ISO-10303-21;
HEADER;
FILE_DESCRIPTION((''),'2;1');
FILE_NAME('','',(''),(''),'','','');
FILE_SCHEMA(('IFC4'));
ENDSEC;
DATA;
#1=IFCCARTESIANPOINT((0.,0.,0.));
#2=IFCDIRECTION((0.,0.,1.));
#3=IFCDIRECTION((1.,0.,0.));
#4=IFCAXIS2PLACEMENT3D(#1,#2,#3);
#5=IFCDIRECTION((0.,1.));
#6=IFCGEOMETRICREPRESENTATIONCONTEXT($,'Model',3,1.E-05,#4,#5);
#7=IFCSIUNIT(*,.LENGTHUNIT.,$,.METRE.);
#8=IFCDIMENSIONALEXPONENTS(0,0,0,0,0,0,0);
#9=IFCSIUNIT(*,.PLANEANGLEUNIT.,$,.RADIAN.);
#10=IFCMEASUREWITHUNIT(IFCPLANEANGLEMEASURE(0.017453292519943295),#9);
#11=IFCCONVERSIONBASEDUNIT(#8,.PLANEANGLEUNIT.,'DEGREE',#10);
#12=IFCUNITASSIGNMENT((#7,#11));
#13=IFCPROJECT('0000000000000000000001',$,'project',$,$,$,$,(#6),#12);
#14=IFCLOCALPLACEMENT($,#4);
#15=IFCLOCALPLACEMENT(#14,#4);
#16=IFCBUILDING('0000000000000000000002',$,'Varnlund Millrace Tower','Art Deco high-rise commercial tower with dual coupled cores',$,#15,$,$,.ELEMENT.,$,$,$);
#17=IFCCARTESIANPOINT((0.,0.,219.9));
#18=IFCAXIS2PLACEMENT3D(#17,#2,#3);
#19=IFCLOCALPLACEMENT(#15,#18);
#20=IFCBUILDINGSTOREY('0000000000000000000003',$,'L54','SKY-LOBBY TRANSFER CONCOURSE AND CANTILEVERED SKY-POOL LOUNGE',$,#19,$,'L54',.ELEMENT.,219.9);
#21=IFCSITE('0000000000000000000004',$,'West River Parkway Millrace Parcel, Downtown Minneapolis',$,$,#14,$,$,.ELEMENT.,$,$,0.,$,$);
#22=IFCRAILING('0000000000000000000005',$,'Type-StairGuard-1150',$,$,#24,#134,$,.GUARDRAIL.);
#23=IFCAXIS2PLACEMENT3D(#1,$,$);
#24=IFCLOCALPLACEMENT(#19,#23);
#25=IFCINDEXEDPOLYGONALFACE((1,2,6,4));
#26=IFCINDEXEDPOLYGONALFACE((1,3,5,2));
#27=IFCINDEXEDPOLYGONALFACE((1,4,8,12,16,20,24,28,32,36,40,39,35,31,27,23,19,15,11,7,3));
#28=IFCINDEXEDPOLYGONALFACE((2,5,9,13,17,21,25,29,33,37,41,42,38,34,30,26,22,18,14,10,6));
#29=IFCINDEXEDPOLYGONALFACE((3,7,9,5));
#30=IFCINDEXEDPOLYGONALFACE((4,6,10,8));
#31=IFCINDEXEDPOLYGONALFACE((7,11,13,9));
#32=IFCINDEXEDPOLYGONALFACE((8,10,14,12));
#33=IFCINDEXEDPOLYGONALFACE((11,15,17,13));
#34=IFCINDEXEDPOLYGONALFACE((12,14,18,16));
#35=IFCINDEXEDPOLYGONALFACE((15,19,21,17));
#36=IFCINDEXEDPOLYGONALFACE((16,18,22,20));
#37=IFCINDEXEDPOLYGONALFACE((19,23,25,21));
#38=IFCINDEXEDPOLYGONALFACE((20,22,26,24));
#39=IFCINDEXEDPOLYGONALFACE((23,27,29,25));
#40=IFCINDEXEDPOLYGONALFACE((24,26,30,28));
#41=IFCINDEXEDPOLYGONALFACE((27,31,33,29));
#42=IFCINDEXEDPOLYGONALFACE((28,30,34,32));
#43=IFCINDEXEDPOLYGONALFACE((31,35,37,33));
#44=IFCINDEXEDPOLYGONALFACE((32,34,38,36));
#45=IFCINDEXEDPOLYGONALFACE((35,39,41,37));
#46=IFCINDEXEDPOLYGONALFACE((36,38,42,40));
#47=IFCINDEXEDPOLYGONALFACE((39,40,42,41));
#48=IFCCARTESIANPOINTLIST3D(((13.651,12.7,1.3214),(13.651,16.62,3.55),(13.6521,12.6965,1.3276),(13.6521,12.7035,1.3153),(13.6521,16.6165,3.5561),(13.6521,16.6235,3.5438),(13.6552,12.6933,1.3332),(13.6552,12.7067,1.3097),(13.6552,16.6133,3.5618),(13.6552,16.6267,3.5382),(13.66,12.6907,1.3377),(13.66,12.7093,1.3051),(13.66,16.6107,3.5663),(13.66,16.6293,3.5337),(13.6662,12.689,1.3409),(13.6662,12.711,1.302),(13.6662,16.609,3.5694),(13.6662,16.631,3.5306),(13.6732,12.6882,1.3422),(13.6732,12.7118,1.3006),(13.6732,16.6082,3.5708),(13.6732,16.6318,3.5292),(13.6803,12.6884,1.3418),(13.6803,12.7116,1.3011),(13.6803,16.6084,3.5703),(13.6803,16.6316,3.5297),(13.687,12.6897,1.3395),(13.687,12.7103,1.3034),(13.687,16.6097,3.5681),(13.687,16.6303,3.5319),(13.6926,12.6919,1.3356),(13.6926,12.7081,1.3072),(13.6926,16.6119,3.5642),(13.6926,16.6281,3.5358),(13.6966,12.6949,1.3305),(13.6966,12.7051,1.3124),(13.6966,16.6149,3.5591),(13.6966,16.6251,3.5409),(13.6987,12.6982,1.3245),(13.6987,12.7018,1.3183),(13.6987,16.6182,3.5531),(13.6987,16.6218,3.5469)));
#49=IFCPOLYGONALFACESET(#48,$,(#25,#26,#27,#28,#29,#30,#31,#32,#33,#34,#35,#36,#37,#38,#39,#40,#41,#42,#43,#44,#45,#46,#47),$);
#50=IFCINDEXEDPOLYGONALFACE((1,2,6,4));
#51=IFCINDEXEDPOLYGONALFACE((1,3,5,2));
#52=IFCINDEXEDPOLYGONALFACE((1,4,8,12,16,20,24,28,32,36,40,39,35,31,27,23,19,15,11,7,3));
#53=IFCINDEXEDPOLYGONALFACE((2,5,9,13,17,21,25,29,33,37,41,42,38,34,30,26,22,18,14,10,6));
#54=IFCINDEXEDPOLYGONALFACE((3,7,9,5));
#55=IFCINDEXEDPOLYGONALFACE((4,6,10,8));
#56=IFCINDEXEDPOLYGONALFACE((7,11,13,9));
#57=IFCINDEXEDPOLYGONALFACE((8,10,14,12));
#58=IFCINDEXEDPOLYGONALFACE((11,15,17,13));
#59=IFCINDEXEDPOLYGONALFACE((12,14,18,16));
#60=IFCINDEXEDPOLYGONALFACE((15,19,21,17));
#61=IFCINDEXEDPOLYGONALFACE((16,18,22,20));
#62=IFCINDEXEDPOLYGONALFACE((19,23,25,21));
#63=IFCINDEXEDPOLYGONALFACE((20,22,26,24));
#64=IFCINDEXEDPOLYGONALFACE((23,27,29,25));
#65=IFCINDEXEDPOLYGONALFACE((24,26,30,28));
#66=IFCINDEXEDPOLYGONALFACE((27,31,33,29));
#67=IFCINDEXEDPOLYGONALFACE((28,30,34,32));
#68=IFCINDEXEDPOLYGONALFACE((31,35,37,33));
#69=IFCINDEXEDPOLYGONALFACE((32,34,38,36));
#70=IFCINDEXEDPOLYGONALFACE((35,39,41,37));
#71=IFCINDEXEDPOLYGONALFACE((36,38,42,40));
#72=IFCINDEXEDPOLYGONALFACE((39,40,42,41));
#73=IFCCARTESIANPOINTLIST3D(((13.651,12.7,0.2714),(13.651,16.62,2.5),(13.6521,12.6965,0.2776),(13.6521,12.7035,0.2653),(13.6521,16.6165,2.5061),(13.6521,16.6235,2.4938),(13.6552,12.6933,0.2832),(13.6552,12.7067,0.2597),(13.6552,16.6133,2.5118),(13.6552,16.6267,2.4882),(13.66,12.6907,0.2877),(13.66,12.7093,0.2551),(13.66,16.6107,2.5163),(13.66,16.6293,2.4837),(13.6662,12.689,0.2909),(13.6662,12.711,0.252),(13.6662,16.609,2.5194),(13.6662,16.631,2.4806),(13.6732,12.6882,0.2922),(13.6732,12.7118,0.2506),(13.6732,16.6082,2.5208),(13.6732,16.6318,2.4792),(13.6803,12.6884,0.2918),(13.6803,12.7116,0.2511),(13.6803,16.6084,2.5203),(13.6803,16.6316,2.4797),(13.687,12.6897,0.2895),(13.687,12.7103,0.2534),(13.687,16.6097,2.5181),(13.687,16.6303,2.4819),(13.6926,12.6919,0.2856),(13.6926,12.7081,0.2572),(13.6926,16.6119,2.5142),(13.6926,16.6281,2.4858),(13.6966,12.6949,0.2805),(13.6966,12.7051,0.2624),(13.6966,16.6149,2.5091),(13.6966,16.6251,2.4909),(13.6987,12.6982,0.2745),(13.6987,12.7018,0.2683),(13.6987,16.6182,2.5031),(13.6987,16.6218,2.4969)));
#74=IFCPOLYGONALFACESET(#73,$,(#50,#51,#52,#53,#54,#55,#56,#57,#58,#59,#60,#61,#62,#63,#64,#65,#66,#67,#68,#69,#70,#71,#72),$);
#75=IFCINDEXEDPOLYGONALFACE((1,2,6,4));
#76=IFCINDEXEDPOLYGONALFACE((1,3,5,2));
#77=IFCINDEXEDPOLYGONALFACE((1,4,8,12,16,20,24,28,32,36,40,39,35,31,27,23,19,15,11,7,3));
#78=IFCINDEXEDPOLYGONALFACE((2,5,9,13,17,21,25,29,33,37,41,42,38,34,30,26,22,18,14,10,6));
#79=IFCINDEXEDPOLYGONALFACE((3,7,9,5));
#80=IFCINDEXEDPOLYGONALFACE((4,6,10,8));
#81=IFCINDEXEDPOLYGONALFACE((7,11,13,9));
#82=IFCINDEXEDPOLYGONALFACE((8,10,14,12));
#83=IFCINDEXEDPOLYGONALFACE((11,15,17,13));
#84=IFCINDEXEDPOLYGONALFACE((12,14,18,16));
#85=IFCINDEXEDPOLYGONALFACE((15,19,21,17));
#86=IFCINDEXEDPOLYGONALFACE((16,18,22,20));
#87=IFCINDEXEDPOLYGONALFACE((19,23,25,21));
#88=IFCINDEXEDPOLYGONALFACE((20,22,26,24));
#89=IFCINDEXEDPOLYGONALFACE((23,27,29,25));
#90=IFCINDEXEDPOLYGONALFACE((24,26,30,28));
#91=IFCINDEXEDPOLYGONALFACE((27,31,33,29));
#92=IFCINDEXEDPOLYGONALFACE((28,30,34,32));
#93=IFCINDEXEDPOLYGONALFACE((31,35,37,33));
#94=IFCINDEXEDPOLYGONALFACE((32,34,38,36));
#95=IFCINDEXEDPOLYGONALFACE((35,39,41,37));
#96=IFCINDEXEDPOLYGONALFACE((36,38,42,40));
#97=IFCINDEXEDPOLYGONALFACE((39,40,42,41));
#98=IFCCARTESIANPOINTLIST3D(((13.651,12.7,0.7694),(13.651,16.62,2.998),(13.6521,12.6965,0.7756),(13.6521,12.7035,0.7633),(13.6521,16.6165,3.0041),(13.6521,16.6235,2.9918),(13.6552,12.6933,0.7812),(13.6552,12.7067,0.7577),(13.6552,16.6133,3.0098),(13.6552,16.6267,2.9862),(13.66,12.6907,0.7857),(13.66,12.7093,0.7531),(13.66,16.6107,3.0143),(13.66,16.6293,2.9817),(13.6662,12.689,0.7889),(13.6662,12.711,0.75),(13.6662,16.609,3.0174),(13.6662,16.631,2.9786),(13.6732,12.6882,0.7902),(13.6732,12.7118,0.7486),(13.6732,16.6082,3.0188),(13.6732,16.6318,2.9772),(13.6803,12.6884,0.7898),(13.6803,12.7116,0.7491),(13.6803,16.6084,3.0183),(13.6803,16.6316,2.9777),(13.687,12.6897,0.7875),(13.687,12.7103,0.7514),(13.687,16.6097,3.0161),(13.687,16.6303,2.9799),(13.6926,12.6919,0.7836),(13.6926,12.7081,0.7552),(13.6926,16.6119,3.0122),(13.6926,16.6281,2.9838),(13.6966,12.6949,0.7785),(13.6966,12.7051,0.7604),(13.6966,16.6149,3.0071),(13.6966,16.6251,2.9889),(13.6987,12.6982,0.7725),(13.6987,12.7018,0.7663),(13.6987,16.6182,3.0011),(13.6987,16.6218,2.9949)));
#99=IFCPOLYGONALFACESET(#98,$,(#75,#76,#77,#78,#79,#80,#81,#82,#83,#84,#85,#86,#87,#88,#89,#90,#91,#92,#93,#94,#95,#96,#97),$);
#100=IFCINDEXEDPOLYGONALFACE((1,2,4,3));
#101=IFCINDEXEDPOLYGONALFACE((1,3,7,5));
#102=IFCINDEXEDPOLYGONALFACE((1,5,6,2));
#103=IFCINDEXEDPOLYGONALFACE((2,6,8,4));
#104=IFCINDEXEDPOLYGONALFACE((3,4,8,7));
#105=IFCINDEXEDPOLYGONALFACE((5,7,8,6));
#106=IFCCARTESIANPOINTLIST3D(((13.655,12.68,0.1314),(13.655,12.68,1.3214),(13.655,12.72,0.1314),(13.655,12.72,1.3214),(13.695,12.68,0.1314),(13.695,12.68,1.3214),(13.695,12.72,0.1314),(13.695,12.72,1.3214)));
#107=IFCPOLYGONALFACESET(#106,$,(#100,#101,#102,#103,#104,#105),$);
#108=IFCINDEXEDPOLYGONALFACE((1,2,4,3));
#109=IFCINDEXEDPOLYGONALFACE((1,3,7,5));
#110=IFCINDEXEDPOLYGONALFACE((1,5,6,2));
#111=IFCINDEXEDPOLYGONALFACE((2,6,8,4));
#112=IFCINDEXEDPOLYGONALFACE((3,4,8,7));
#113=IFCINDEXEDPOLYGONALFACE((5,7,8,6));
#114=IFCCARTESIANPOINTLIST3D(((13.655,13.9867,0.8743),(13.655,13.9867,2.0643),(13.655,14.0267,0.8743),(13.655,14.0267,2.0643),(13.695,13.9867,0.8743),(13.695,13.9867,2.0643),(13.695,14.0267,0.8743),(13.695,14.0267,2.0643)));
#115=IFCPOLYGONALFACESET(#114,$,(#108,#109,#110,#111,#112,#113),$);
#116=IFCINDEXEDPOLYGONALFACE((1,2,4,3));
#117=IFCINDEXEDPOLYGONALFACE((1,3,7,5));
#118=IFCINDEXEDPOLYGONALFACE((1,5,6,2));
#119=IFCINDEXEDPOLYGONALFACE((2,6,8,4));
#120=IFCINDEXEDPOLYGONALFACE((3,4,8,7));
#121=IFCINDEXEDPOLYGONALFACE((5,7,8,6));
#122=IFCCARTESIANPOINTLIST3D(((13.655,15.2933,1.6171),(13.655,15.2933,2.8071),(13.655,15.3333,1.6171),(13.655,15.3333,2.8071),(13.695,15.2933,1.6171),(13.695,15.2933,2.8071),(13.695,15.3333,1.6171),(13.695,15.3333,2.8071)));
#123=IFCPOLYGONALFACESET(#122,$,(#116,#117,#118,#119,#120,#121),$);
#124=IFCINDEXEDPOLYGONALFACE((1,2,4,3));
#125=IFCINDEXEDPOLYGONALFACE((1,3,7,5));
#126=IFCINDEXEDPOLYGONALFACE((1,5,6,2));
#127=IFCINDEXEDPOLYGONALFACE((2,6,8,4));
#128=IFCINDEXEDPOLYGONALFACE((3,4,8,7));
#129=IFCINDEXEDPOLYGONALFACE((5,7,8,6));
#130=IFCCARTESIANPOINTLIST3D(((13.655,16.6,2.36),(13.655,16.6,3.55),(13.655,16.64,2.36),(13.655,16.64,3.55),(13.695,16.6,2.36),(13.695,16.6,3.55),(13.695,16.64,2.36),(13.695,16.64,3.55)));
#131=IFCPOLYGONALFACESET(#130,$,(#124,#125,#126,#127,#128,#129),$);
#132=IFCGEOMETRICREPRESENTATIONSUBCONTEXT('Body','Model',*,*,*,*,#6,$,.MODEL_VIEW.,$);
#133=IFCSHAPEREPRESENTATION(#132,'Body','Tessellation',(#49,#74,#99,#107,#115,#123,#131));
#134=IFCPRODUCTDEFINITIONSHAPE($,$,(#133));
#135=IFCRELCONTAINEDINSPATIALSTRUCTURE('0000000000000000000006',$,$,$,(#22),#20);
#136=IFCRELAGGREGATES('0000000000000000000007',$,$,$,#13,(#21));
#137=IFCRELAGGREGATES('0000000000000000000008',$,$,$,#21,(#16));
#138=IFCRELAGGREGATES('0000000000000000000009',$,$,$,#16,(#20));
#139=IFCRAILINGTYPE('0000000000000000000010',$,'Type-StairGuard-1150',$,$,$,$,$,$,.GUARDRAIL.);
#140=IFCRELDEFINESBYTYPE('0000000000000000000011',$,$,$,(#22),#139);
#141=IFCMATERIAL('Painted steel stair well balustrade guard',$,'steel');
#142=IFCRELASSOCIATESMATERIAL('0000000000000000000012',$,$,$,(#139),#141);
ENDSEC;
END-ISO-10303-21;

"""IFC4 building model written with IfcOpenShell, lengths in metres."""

from ifc_helpers import new_model, entity, si_unit, converted_unit, direction, frame, origin_with_axes, origin_2d_with_axis, place, context, subcontext, project, spatial, rectangle, circle, extrude, material, type_object, element, save


model = new_model("IFC4")

# Units and contexts
model_context = context("Model", 3, precision=1e-05, world=origin_with_axes(), true_north=direction((0.0, 1.0)))
body_context = subcontext(model_context, "Body", "Model", "MODEL_VIEW")
ifc_project = project(units=[si_unit("LENGTHUNIT", "METRE"), converted_unit("PLANEANGLEUNIT", "DEGREE", entity("IfcPlaneAngleMeasure", 0.017453292519943295), si_unit("PLANEANGLEUNIT", "RADIAN"), dimensions=[0, 0, 0, 0, 0, 0, 0])], contexts=[model_context])

# Site, building, storey
site_placement = place(None, origin_with_axes())
site = spatial("IfcSite", under=ifc_project, at=site_placement, Name="West River Parkway Millrace Parcel, Downtown Minneapolis", CompositionType="ELEMENT", RefElevation=0.0)
building_placement = place(site_placement, origin_with_axes())
building = spatial("IfcBuilding", under=site, at=building_placement, Name="Varnlund Millrace Tower", Description="Art Deco high-rise commercial tower with dual coupled cores", CompositionType="ELEMENT")
storey_placement = place(building_placement, frame((0.0, 0.0, 219.9), z_axis=(0.0, 0.0, 1.0), x_axis=(1.0, 0.0, 0.0)))
storey = spatial("IfcBuildingStorey", under=building, at=storey_placement, Name="L54", Description="SKY-LOBBY TRANSFER CONCOURSE AND CANTILEVERED SKY-POOL LOUNGE", LongName="L54", CompositionType="ELEMENT", Elevation=219.9)

# Railing
ifc_material_1 = material(Name="Painted steel stair well balustrade guard", Category="steel")
railing_type_1 = type_object("IfcRailingType", Name="Type-StairGuard-1150", PredefinedType="GUARDRAIL", material=ifc_material_1)
railing_1_placement = place(storey_placement, frame((0.0, 0.0, -219.9), z_axis=(0.0, 0.0, 1.0), x_axis=(1.0, 0.0, 0.0)))
element("IfcRailing", 1, at=railing_1_placement, inside=storey, type_object=railing_type_1, Name="Type-StairGuard-1150", PredefinedType="GUARDRAIL", context=body_context, shape_type="SweptSolid", body=[
    extrude(circle(Radius=0.024, at=origin_2d_with_axis()), frame((13.675, 12.7, 221.2214), z_axis=(0.0, 0.869333, 0.494227), x_axis=(-1.0, 0.0, 0.0)), (0.0, 0.0, 1.0), 4.5092),
    extrude(circle(Radius=0.024, at=origin_2d_with_axis()), frame((13.675, 12.7, 220.1714), z_axis=(0.0, 0.869333, 0.494227), x_axis=(-1.0, 0.0, 0.0)), (0.0, 0.0, 1.0), 4.5092),
    extrude(circle(Radius=0.024, at=origin_2d_with_axis()), frame((13.675, 12.7, 220.6694), z_axis=(0.0, 0.869333, 0.494227), x_axis=(-1.0, 0.0, 0.0)), (0.0, 0.0, 1.0), 4.5092),
    extrude(rectangle(XDim=0.04, YDim=0.04, at=origin_2d_with_axis()), frame((13.675, 12.7, 220.0314), z_axis=(0.0, 0.0, 1.0), x_axis=(1.0, 0.0, 0.0)), (0.0, 0.0, 1.0), 1.19),
    extrude(rectangle(XDim=0.04, YDim=0.04, at=origin_2d_with_axis()), frame((13.675, 14.0067, 220.7743), z_axis=(0.0, 0.0, 1.0), x_axis=(1.0, 0.0, 0.0)), (0.0, 0.0, 1.0), 1.19),
    extrude(rectangle(XDim=0.04, YDim=0.04, at=origin_2d_with_axis()), frame((13.675, 15.3133, 221.5171), z_axis=(0.0, 0.0, 1.0), x_axis=(1.0, 0.0, 0.0)), (0.0, 0.0, 1.0), 1.19),
    extrude(rectangle(XDim=0.04, YDim=0.04, at=origin_2d_with_axis()), frame((13.675, 16.62, 222.26), z_axis=(0.0, 0.0, 1.0), x_axis=(1.0, 0.0, 0.0)), (0.0, 0.0, 1.0), 1.19),
])

save(model, "model.ifc")
